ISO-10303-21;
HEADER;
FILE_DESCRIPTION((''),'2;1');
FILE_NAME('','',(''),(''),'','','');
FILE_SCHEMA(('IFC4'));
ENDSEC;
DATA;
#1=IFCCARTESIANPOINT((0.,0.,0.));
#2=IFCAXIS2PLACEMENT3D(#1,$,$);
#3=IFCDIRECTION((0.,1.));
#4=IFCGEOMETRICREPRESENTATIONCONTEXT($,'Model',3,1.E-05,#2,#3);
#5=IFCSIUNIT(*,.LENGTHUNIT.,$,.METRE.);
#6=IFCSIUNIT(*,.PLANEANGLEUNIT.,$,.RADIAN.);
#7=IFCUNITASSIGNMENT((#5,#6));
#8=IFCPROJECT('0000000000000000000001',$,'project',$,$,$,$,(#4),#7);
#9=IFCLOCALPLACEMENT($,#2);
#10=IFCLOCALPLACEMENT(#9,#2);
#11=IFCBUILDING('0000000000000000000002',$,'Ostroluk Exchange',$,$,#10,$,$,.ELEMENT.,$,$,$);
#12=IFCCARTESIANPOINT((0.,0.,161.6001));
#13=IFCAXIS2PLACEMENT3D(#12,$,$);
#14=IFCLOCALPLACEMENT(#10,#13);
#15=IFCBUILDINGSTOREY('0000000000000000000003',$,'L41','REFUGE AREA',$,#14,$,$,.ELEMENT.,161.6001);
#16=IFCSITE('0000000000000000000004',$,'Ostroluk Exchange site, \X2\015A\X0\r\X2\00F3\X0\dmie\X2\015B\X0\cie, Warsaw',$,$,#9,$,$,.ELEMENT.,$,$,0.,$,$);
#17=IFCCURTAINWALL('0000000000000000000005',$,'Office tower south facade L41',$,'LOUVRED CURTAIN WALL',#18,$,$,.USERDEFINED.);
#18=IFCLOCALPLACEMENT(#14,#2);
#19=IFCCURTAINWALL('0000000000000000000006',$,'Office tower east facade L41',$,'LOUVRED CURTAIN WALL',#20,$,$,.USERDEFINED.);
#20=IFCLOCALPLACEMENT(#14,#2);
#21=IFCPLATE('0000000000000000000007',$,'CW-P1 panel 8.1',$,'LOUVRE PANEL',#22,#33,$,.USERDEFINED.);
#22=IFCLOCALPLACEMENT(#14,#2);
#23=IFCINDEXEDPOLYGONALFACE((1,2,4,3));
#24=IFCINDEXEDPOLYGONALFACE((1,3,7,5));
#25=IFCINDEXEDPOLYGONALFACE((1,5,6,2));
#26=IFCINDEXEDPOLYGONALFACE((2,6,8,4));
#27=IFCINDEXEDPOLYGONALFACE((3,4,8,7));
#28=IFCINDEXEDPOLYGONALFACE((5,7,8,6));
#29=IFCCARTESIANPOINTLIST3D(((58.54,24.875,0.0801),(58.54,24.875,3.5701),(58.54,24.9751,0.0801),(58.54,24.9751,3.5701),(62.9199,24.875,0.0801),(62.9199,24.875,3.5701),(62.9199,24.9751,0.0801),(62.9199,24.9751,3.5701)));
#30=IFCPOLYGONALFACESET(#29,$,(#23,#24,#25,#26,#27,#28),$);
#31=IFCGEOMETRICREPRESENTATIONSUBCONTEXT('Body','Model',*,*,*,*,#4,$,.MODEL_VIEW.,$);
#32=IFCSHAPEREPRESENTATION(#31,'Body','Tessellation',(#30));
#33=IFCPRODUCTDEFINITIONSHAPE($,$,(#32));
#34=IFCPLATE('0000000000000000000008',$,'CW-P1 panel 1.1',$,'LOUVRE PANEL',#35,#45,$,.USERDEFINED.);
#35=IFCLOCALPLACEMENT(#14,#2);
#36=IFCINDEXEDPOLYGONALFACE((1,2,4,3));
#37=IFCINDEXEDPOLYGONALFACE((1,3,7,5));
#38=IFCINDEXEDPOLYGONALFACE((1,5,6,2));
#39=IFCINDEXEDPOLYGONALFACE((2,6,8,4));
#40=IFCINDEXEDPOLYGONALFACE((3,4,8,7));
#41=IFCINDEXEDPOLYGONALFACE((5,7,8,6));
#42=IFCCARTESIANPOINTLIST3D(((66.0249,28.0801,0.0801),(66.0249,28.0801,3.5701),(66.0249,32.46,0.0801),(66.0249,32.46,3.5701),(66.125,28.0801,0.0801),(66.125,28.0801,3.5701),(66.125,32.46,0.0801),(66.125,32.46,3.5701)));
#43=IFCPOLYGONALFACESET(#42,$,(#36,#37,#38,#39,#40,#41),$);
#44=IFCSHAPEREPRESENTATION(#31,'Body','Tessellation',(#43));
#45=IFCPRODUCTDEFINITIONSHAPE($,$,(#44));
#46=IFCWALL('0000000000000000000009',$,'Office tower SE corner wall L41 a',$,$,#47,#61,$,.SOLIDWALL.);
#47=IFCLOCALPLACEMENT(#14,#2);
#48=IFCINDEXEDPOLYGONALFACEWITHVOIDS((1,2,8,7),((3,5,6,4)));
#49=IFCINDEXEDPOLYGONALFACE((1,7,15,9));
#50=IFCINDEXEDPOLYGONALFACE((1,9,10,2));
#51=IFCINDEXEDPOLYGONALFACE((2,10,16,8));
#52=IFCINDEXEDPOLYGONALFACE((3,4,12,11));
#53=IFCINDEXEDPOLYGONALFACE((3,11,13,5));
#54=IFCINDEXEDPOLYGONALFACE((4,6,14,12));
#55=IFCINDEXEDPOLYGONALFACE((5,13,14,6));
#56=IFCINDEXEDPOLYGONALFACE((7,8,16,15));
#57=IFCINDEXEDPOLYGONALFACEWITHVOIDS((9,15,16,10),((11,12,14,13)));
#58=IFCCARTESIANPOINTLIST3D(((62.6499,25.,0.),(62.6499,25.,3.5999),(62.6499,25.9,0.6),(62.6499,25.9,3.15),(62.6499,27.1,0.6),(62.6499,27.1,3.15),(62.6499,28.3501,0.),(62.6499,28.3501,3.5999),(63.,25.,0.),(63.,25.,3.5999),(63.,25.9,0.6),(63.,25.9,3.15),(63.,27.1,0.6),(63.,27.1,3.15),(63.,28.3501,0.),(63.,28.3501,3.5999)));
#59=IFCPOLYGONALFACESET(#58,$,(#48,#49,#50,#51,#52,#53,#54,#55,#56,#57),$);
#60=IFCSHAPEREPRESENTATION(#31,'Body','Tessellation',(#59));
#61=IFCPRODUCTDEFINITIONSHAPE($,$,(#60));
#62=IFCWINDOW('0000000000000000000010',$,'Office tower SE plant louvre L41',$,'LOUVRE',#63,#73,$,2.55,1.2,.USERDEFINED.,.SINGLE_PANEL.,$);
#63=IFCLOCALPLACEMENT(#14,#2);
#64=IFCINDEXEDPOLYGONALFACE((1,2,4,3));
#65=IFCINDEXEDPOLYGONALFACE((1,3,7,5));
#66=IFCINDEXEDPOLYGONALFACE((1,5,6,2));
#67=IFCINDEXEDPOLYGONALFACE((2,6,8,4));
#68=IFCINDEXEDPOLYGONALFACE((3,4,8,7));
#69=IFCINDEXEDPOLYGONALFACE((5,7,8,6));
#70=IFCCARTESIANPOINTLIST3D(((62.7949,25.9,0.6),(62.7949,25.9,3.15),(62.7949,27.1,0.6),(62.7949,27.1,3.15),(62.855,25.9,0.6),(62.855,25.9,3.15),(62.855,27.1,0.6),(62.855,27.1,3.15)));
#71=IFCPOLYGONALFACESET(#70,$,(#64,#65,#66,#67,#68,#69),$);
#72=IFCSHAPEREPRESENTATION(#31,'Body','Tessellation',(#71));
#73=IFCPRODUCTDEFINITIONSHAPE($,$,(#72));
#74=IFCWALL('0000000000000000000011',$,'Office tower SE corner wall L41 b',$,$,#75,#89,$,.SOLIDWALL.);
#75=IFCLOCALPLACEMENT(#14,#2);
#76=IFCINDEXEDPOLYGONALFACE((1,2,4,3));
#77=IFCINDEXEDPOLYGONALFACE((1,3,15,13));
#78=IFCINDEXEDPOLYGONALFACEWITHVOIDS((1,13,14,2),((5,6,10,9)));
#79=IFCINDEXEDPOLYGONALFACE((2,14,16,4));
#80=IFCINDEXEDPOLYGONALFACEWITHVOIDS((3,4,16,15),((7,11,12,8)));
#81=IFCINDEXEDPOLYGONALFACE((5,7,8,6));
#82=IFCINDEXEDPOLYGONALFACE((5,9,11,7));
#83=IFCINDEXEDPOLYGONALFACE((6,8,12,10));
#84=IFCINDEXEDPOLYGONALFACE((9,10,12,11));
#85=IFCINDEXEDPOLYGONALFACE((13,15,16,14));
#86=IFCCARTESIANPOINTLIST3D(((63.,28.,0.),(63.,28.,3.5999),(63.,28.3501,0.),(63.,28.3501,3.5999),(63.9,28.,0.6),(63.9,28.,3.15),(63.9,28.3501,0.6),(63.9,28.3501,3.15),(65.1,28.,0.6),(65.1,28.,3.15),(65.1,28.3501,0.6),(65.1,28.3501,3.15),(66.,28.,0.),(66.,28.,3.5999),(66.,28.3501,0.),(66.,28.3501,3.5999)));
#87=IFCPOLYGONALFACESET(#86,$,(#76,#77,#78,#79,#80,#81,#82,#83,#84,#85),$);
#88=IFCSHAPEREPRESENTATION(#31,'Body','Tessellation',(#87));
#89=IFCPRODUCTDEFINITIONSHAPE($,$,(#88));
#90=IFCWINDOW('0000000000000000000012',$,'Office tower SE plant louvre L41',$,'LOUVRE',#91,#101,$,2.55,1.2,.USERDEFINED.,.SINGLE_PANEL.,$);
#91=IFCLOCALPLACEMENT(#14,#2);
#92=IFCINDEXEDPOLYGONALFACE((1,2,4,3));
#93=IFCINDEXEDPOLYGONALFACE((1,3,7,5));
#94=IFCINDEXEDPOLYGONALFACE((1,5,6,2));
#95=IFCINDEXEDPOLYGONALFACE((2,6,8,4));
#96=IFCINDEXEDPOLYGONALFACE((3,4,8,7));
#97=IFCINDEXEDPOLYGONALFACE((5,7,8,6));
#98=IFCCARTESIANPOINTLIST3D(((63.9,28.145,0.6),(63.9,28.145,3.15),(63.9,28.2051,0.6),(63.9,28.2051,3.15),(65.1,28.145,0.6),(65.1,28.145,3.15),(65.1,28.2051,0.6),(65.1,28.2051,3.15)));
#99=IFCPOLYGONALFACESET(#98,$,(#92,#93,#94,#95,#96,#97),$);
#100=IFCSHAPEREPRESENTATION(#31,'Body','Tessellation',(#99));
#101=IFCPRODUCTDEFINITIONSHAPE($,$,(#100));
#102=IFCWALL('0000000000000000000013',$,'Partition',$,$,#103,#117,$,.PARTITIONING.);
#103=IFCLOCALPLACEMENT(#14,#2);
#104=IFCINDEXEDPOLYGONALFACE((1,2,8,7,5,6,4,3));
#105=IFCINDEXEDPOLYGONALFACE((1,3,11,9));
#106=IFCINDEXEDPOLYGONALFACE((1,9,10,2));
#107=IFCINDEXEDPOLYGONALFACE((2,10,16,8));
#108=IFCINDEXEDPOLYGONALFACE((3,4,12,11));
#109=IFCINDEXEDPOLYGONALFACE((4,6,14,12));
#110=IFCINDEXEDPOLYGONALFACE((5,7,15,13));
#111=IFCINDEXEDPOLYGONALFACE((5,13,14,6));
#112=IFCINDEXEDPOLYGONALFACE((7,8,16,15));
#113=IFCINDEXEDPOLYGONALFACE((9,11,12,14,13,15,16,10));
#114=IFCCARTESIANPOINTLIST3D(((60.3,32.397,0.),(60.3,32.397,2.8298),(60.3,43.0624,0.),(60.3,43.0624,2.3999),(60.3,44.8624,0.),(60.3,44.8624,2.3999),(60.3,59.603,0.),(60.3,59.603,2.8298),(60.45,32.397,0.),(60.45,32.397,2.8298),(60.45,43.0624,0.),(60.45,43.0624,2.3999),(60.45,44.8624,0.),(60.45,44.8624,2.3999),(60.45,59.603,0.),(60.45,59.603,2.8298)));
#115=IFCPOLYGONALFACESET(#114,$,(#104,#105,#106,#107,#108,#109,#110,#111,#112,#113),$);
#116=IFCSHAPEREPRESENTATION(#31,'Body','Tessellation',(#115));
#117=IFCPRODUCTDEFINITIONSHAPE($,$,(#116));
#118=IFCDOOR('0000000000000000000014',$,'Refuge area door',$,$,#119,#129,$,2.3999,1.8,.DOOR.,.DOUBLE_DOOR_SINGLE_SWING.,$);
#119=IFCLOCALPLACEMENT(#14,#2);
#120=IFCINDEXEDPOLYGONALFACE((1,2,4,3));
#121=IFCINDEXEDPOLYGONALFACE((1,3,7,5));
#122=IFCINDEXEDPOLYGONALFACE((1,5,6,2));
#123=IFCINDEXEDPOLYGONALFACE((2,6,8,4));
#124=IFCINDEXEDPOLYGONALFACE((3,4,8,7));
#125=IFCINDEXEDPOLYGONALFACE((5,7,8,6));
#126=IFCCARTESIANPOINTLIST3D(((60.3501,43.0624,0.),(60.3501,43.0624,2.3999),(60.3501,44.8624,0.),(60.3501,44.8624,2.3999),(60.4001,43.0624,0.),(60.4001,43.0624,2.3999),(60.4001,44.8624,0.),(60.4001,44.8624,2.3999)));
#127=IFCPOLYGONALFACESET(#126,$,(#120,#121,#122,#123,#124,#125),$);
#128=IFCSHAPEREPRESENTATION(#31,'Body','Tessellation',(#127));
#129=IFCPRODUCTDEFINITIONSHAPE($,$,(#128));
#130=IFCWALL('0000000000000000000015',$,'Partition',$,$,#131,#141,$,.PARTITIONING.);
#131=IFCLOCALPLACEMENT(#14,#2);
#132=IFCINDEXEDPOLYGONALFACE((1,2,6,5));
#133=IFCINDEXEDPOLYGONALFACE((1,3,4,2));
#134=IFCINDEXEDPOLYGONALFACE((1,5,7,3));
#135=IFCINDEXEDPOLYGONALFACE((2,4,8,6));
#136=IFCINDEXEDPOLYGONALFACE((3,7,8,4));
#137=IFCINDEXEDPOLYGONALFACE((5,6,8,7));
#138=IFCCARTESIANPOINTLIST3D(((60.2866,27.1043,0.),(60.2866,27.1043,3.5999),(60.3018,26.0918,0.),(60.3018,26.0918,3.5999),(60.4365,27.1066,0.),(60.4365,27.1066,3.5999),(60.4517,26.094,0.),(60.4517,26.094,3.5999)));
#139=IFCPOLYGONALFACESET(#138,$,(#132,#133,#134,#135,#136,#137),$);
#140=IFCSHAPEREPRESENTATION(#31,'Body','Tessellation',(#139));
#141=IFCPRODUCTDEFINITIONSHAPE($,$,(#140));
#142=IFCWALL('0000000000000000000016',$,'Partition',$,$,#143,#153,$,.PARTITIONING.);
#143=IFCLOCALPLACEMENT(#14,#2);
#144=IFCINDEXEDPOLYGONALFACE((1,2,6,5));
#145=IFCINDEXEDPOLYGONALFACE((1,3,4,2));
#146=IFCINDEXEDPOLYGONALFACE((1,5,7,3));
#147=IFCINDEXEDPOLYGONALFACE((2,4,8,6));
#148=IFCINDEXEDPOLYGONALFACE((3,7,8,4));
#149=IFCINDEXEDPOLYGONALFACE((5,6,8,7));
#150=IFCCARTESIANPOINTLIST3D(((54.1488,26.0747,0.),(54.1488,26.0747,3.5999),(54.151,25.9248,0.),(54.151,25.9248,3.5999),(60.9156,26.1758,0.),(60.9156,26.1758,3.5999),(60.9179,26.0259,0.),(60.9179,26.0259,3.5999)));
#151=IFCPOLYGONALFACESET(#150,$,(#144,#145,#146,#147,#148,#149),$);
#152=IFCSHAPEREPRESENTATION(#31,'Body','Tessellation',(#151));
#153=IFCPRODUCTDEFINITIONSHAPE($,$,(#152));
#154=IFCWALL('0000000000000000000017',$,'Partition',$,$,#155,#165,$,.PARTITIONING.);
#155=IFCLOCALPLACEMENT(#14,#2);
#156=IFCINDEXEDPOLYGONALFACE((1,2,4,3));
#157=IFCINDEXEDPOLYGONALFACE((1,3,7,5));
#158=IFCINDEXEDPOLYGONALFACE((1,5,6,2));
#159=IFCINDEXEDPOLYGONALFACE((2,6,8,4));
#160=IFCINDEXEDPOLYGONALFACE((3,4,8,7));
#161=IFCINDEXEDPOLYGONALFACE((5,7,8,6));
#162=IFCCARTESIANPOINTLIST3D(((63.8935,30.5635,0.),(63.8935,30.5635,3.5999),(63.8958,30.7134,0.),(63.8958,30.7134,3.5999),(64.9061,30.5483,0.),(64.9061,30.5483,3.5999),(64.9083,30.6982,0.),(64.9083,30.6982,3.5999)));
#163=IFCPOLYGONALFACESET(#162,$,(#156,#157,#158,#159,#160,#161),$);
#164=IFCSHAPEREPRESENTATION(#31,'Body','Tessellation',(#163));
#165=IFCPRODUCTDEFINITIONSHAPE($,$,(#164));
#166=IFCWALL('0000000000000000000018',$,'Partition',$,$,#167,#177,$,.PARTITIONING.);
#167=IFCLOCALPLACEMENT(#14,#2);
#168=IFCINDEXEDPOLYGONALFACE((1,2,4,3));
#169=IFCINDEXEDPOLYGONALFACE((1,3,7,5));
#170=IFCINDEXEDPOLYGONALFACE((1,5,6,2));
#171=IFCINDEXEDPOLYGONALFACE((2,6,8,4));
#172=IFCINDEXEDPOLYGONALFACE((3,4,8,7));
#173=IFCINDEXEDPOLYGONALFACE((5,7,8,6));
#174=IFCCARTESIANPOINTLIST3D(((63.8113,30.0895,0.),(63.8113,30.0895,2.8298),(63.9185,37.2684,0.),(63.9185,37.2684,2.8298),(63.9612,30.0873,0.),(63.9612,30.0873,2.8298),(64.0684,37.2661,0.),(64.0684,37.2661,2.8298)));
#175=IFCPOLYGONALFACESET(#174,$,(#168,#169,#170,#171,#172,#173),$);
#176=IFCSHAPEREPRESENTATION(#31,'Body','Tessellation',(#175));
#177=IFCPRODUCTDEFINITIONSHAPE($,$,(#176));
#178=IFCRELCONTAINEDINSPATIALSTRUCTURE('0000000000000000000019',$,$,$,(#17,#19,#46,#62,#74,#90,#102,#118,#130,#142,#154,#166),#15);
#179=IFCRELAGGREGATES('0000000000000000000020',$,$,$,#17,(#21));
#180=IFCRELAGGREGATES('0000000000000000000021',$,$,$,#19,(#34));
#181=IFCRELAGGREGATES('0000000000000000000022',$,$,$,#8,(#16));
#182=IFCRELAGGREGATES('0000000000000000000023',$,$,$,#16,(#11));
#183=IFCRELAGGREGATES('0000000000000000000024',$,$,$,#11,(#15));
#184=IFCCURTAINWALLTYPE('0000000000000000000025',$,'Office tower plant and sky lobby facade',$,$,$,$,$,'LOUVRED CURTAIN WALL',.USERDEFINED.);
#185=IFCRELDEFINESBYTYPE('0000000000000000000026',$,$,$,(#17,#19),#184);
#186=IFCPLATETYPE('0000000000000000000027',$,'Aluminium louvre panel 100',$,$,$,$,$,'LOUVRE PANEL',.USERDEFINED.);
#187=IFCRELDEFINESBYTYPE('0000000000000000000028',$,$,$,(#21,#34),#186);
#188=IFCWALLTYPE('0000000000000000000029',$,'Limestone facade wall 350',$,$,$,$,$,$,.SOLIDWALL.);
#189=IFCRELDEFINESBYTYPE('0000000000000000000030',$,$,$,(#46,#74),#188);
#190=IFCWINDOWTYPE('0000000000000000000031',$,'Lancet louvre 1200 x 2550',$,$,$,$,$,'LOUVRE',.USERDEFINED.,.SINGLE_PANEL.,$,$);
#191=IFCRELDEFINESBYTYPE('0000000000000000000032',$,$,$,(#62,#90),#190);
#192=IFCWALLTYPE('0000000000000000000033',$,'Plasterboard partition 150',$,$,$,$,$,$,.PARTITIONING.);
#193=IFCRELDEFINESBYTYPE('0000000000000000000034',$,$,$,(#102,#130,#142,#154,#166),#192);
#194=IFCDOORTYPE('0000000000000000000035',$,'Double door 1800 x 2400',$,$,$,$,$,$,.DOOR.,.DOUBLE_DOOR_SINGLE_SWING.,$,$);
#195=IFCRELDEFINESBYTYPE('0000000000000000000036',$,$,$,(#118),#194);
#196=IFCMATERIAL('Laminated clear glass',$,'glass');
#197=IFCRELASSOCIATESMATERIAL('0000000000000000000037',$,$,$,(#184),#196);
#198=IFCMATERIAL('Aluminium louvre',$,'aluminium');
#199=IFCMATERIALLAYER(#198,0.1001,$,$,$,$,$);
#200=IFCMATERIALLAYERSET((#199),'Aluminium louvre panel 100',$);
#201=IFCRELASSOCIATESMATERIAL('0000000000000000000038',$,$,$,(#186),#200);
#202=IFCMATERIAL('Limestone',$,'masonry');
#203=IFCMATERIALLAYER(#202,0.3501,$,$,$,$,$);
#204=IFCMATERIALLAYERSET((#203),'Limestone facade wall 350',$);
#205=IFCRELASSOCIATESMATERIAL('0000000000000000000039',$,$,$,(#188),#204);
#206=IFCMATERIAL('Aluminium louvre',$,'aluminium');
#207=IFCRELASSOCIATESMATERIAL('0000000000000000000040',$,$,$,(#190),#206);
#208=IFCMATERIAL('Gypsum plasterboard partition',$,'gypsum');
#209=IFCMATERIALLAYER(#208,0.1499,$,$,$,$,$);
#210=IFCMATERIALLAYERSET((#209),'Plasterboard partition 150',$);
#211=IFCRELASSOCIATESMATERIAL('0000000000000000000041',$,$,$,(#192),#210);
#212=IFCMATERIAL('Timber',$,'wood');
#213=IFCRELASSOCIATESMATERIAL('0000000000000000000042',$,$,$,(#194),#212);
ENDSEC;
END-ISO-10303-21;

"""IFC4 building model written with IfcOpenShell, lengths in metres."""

from ifc_helpers import new_model, si_unit, direction, frame, frame_2d, origin, origin_2d, place, context, subcontext, project, spatial, rectangle, extrude, material, layer, layer_set, type_object, element, fill, aggregate, save


model = new_model("IFC4")

# Units and contexts
model_context = context("Model", 3, precision=1e-05, world=origin(), true_north=direction((0.0, 1.0)))
body_context = subcontext(model_context, "Body", "Model", "MODEL_VIEW")
ifc_project = project(units=[si_unit("LENGTHUNIT", "METRE"), si_unit("PLANEANGLEUNIT", "RADIAN")], contexts=[model_context])

# Site, building, storey
site_placement = place(None, origin())
site = spatial("IfcSite", under=ifc_project, at=site_placement, Name="Ostroluk Exchange site, Śródmieście, Warsaw", CompositionType="ELEMENT", RefElevation=0.0)
building_placement = place(site_placement, origin())
building = spatial("IfcBuilding", under=site, at=building_placement, Name="Ostroluk Exchange", CompositionType="ELEMENT")
storey_placement = place(building_placement, frame((0.0, 0.0, 161.6001)))
storey = spatial("IfcBuildingStorey", under=building, at=storey_placement, Name="L41", Description="REFUGE AREA", CompositionType="ELEMENT", Elevation=161.6001)

# Curtain walls
ifc_material_1 = material(Name="Laminated clear glass", Category="glass")
curtain_wall_type = type_object("IfcCurtainWallType", Name="Office tower plant and sky lobby facade", ElementType="LOUVRED CURTAIN WALL", PredefinedType="USERDEFINED", material=ifc_material_1)
curtain_wall_1_placement = place(storey_placement, origin())
curtain_wall_1 = element("IfcCurtainWall", 1, at=curtain_wall_1_placement, inside=storey, type_object=curtain_wall_type, Name="Office tower south facade L41", ObjectType="LOUVRED CURTAIN WALL", PredefinedType="USERDEFINED")
curtain_wall_2_placement = place(storey_placement, origin())
curtain_wall_2 = element("IfcCurtainWall", 2, at=curtain_wall_2_placement, inside=storey, type_object=curtain_wall_type, Name="Office tower east facade L41", ObjectType="LOUVRED CURTAIN WALL", PredefinedType="USERDEFINED")

# Plates
ifc_material_2 = material(Name="Aluminium louvre", Category="aluminium")
ifc_layer_1 = layer(ifc_material_2, 0.1001)
ifc_layer_set_1 = layer_set([ifc_layer_1], Name="Aluminium louvre panel 100")
plate_type = type_object("IfcPlateType", Name="Aluminium louvre panel 100", ElementType="LOUVRE PANEL", PredefinedType="USERDEFINED", material=ifc_layer_set_1)
plate_1_placement = place(storey_placement, frame((60.73, 24.925, 0.0801), z_axis=(0.0, 0.0, 1.0), x_axis=(1.0, 0.0, 0.0)))
plate_1 = element("IfcPlate", 3, at=plate_1_placement, type_object=plate_type, Name="CW-P1 panel 8.1", ObjectType="LOUVRE PANEL", PredefinedType="USERDEFINED", context=body_context, shape_type="SweptSolid", body=[
    extrude(rectangle(XDim=4.3799, YDim=0.1001, at=origin_2d()), origin(), (0.0, 0.0, 1.0), 3.49),
])
aggregate(curtain_wall_1, [plate_1])
plate_2_placement = place(storey_placement, frame((66.075, 30.27, 0.0801), z_axis=(0.0, 0.0, 1.0), x_axis=(0.0, 1.0, 0.0)))
plate_2 = element("IfcPlate", 4, at=plate_2_placement, type_object=plate_type, Name="CW-P1 panel 1.1", ObjectType="LOUVRE PANEL", PredefinedType="USERDEFINED", context=body_context, shape_type="SweptSolid", body=[
    extrude(rectangle(XDim=4.3799, YDim=0.1001, at=origin_2d()), origin(), (0.0, 0.0, 1.0), 3.49),
])
aggregate(curtain_wall_2, [plate_2])

# Walls, openings, windows
ifc_material_3 = material(Name="Limestone", Category="masonry")
ifc_layer_2 = layer(ifc_material_3, 0.3501)
ifc_layer_set_2 = layer_set([ifc_layer_2], Name="Limestone facade wall 350")
wall_type_1 = type_object("IfcWallType", Name="Limestone facade wall 350", PredefinedType="SOLIDWALL", material=ifc_layer_set_2)
wall_1_placement = place(storey_placement, frame((62.825, 25.0, 0.0), z_axis=(0.0, 0.0, 1.0), x_axis=(0.0, 1.0, 0.0)))
wall_1 = element("IfcWall", 5, at=wall_1_placement, inside=storey, type_object=wall_type_1, Name="Office tower SE corner wall L41 a", PredefinedType="SOLIDWALL", context=body_context, shape_type="SweptSolid", body=[
    extrude(rectangle(XDim=3.3501, YDim=0.3501, at=frame_2d((1.675, 0.0))), origin(), (0.0, 0.0, 1.0), 3.5999),
])
opening_1_placement = place(wall_1_placement, frame((0.8999, 0.0, 0.6001)))
opening_1 = element("IfcOpeningElement", 6, at=opening_1_placement, cuts=wall_1, PredefinedType="OPENING", context=body_context, shape_type="SweptSolid", body=[
    extrude(rectangle(XDim=1.2, YDim=2.55, at=frame_2d((0.6001, 1.2749))), frame((0.0, 0.1851, 0.0), z_axis=(0.0, -1.0, 0.0), x_axis=(1.0, 0.0, 0.0)), (0.0, 0.0, 1.0), 0.3701),
])
ifc_material_4 = material(Name="Aluminium louvre", Category="aluminium")
window_type = type_object("IfcWindowType", Name="Lancet louvre 1200 x 2550", ElementType="LOUVRE", PartitioningType="SINGLE_PANEL", PredefinedType="USERDEFINED", material=ifc_material_4)
window_1_placement = place(opening_1_placement, origin())
window_1 = element("IfcWindow", 7, at=window_1_placement, inside=storey, type_object=window_type, Name="Office tower SE plant louvre L41", ObjectType="LOUVRE", OverallHeight=2.55, OverallWidth=1.2, PartitioningType="SINGLE_PANEL", PredefinedType="USERDEFINED", context=body_context, shape_type="SweptSolid", body=[
    extrude(rectangle(XDim=1.2, YDim=2.55, at=frame_2d((0.6001, 1.2749))), frame((0.0, 0.03, 0.0), z_axis=(0.0, -1.0, 0.0), x_axis=(1.0, 0.0, 0.0)), (0.0, 0.0, 1.0), 0.0601),
])
fill(opening_1, window_1)
wall_2_placement = place(storey_placement, frame((63.0, 28.175, 0.0), z_axis=(0.0, 0.0, 1.0), x_axis=(1.0, 0.0, 0.0)))
wall_2 = element("IfcWall", 8, at=wall_2_placement, inside=storey, type_object=wall_type_1, Name="Office tower SE corner wall L41 b", PredefinedType="SOLIDWALL", context=body_context, shape_type="SweptSolid", body=[
    extrude(rectangle(XDim=3.0, YDim=0.3501, at=frame_2d((1.5, 0.0))), origin(), (0.0, 0.0, 1.0), 3.5999),
])
opening_2_placement = place(wall_2_placement, frame((0.8999, 0.0, 0.6001)))
opening_2 = element("IfcOpeningElement", 9, at=opening_2_placement, cuts=wall_2, PredefinedType="OPENING", context=body_context, shape_type="SweptSolid", body=[
    extrude(rectangle(XDim=1.2, YDim=2.55, at=frame_2d((0.6001, 1.2749))), frame((0.0, 0.1851, 0.0), z_axis=(0.0, -1.0, 0.0), x_axis=(1.0, 0.0, 0.0)), (0.0, 0.0, 1.0), 0.3701),
])
window_2_placement = place(opening_2_placement, origin())
window_2 = element("IfcWindow", 10, at=window_2_placement, inside=storey, type_object=window_type, Name="Office tower SE plant louvre L41", ObjectType="LOUVRE", OverallHeight=2.55, OverallWidth=1.2, PartitioningType="SINGLE_PANEL", PredefinedType="USERDEFINED", context=body_context, shape_type="SweptSolid", body=[
    extrude(rectangle(XDim=1.2, YDim=2.55, at=frame_2d((0.6001, 1.2749))), frame((0.0, 0.03, 0.0), z_axis=(0.0, -1.0, 0.0), x_axis=(1.0, 0.0, 0.0)), (0.0, 0.0, 1.0), 0.0601),
])
fill(opening_2, window_2)

# Wall, opening, door
ifc_material_5 = material(Name="Gypsum plasterboard partition", Category="gypsum")
ifc_layer_3 = layer(ifc_material_5, 0.1499)
ifc_layer_set_3 = layer_set([ifc_layer_3], Name="Plasterboard partition 150")
wall_type_2 = type_object("IfcWallType", Name="Plasterboard partition 150", PredefinedType="PARTITIONING", material=ifc_layer_set_3)
wall_3_placement = place(storey_placement, frame((60.375, 32.397, 0.0), z_axis=(0.0, 0.0, 1.0), x_axis=(0.0, 1.0, 0.0)))
wall_3 = element("IfcWall", 11, at=wall_3_placement, inside=storey, type_object=wall_type_2, Name="Partition", PredefinedType="PARTITIONING", context=body_context, shape_type="SweptSolid", body=[
    extrude(rectangle(XDim=27.2061, YDim=0.1499, at=frame_2d((13.603, 0.0))), origin(), (0.0, 0.0, 1.0), 2.8298),
])
opening_3_placement = place(wall_3_placement, frame((10.6655, 0.0, 0.0)))
opening_3 = element("IfcOpeningElement", 12, at=opening_3_placement, cuts=wall_3, PredefinedType="OPENING", context=body_context, shape_type="SweptSolid", body=[
    extrude(rectangle(XDim=1.8, YDim=2.3999, at=frame_2d((0.8999, 1.2))), frame((0.0, 0.085, 0.0), z_axis=(0.0, -1.0, 0.0), x_axis=(1.0, 0.0, 0.0)), (0.0, 0.0, 1.0), 0.1699),
])
ifc_material_6 = material(Name="Timber", Category="wood")
door_type = type_object("IfcDoorType", Name="Double door 1800 x 2400", OperationType="DOUBLE_DOOR_SINGLE_SWING", PredefinedType="DOOR", material=ifc_material_6)
door_placement = place(opening_3_placement, origin())
door = element("IfcDoor", 13, at=door_placement, inside=storey, type_object=door_type, Name="Refuge area door", OperationType="DOUBLE_DOOR_SINGLE_SWING", OverallHeight=2.3999, OverallWidth=1.8, PredefinedType="DOOR", context=body_context, shape_type="SweptSolid", body=[
    extrude(rectangle(XDim=1.8, YDim=2.3999, at=frame_2d((0.8999, 1.2))), frame((0.0, 0.0249, 0.0), z_axis=(0.0, -1.0, 0.0), x_axis=(1.0, 0.0, 0.0)), (0.0, 0.0, 1.0), 0.05),
])
fill(opening_3, door)

# Walls
wall_4_placement = place(storey_placement, frame((60.3616, 27.1055, 0.0), z_axis=(0.0, 0.0, 1.0), x_axis=(0.014945, -0.999888, 0.0)))
element("IfcWall", 14, at=wall_4_placement, inside=storey, type_object=wall_type_2, Name="Partition", PredefinedType="PARTITIONING", context=body_context, shape_type="SweptSolid", body=[
    extrude(rectangle(XDim=1.0127, YDim=0.1499, at=frame_2d((0.5063, 0.0))), origin(), (0.0, 0.0, 1.0), 3.5999),
])
wall_5_placement = place(storey_placement, frame((60.9167, 26.1008, 0.0), z_axis=(0.0, 0.0, 1.0), x_axis=(-0.999888, -0.014935, 0.0)))
element("IfcWall", 15, at=wall_5_placement, inside=storey, type_object=wall_type_2, Name="Partition", PredefinedType="PARTITIONING", context=body_context, shape_type="SweptSolid", body=[
    extrude(rectangle(XDim=6.7676, YDim=0.1499, at=frame_2d((3.3838, 0.0))), origin(), (0.0, 0.0, 1.0), 3.5999),
])
wall_6_placement = place(storey_placement, frame((64.9072, 30.6233, 0.0), z_axis=(0.0, 0.0, 1.0), x_axis=(-0.999888, 0.014945, 0.0)))
element("IfcWall", 16, at=wall_6_placement, inside=storey, type_object=wall_type_2, Name="Partition", PredefinedType="PARTITIONING", context=body_context, shape_type="SweptSolid", body=[
    extrude(rectangle(XDim=1.0127, YDim=0.1499, at=frame_2d((0.5063, 0.0))), origin(), (0.0, 0.0, 1.0), 3.5999),
])
wall_7_placement = place(storey_placement, frame((63.8862, 30.0884, 0.0), z_axis=(0.0, 0.0, 1.0), x_axis=(0.014928, 0.999889, 0.0)))
element("IfcWall", 17, at=wall_7_placement, inside=storey, type_object=wall_type_2, Name="Partition", PredefinedType="PARTITIONING", context=body_context, shape_type="SweptSolid", body=[
    extrude(rectangle(XDim=7.1797, YDim=0.1499, at=frame_2d((3.5898, 0.0))), origin(), (0.0, 0.0, 1.0), 2.8298),
])

save(model, "model.ifc")
